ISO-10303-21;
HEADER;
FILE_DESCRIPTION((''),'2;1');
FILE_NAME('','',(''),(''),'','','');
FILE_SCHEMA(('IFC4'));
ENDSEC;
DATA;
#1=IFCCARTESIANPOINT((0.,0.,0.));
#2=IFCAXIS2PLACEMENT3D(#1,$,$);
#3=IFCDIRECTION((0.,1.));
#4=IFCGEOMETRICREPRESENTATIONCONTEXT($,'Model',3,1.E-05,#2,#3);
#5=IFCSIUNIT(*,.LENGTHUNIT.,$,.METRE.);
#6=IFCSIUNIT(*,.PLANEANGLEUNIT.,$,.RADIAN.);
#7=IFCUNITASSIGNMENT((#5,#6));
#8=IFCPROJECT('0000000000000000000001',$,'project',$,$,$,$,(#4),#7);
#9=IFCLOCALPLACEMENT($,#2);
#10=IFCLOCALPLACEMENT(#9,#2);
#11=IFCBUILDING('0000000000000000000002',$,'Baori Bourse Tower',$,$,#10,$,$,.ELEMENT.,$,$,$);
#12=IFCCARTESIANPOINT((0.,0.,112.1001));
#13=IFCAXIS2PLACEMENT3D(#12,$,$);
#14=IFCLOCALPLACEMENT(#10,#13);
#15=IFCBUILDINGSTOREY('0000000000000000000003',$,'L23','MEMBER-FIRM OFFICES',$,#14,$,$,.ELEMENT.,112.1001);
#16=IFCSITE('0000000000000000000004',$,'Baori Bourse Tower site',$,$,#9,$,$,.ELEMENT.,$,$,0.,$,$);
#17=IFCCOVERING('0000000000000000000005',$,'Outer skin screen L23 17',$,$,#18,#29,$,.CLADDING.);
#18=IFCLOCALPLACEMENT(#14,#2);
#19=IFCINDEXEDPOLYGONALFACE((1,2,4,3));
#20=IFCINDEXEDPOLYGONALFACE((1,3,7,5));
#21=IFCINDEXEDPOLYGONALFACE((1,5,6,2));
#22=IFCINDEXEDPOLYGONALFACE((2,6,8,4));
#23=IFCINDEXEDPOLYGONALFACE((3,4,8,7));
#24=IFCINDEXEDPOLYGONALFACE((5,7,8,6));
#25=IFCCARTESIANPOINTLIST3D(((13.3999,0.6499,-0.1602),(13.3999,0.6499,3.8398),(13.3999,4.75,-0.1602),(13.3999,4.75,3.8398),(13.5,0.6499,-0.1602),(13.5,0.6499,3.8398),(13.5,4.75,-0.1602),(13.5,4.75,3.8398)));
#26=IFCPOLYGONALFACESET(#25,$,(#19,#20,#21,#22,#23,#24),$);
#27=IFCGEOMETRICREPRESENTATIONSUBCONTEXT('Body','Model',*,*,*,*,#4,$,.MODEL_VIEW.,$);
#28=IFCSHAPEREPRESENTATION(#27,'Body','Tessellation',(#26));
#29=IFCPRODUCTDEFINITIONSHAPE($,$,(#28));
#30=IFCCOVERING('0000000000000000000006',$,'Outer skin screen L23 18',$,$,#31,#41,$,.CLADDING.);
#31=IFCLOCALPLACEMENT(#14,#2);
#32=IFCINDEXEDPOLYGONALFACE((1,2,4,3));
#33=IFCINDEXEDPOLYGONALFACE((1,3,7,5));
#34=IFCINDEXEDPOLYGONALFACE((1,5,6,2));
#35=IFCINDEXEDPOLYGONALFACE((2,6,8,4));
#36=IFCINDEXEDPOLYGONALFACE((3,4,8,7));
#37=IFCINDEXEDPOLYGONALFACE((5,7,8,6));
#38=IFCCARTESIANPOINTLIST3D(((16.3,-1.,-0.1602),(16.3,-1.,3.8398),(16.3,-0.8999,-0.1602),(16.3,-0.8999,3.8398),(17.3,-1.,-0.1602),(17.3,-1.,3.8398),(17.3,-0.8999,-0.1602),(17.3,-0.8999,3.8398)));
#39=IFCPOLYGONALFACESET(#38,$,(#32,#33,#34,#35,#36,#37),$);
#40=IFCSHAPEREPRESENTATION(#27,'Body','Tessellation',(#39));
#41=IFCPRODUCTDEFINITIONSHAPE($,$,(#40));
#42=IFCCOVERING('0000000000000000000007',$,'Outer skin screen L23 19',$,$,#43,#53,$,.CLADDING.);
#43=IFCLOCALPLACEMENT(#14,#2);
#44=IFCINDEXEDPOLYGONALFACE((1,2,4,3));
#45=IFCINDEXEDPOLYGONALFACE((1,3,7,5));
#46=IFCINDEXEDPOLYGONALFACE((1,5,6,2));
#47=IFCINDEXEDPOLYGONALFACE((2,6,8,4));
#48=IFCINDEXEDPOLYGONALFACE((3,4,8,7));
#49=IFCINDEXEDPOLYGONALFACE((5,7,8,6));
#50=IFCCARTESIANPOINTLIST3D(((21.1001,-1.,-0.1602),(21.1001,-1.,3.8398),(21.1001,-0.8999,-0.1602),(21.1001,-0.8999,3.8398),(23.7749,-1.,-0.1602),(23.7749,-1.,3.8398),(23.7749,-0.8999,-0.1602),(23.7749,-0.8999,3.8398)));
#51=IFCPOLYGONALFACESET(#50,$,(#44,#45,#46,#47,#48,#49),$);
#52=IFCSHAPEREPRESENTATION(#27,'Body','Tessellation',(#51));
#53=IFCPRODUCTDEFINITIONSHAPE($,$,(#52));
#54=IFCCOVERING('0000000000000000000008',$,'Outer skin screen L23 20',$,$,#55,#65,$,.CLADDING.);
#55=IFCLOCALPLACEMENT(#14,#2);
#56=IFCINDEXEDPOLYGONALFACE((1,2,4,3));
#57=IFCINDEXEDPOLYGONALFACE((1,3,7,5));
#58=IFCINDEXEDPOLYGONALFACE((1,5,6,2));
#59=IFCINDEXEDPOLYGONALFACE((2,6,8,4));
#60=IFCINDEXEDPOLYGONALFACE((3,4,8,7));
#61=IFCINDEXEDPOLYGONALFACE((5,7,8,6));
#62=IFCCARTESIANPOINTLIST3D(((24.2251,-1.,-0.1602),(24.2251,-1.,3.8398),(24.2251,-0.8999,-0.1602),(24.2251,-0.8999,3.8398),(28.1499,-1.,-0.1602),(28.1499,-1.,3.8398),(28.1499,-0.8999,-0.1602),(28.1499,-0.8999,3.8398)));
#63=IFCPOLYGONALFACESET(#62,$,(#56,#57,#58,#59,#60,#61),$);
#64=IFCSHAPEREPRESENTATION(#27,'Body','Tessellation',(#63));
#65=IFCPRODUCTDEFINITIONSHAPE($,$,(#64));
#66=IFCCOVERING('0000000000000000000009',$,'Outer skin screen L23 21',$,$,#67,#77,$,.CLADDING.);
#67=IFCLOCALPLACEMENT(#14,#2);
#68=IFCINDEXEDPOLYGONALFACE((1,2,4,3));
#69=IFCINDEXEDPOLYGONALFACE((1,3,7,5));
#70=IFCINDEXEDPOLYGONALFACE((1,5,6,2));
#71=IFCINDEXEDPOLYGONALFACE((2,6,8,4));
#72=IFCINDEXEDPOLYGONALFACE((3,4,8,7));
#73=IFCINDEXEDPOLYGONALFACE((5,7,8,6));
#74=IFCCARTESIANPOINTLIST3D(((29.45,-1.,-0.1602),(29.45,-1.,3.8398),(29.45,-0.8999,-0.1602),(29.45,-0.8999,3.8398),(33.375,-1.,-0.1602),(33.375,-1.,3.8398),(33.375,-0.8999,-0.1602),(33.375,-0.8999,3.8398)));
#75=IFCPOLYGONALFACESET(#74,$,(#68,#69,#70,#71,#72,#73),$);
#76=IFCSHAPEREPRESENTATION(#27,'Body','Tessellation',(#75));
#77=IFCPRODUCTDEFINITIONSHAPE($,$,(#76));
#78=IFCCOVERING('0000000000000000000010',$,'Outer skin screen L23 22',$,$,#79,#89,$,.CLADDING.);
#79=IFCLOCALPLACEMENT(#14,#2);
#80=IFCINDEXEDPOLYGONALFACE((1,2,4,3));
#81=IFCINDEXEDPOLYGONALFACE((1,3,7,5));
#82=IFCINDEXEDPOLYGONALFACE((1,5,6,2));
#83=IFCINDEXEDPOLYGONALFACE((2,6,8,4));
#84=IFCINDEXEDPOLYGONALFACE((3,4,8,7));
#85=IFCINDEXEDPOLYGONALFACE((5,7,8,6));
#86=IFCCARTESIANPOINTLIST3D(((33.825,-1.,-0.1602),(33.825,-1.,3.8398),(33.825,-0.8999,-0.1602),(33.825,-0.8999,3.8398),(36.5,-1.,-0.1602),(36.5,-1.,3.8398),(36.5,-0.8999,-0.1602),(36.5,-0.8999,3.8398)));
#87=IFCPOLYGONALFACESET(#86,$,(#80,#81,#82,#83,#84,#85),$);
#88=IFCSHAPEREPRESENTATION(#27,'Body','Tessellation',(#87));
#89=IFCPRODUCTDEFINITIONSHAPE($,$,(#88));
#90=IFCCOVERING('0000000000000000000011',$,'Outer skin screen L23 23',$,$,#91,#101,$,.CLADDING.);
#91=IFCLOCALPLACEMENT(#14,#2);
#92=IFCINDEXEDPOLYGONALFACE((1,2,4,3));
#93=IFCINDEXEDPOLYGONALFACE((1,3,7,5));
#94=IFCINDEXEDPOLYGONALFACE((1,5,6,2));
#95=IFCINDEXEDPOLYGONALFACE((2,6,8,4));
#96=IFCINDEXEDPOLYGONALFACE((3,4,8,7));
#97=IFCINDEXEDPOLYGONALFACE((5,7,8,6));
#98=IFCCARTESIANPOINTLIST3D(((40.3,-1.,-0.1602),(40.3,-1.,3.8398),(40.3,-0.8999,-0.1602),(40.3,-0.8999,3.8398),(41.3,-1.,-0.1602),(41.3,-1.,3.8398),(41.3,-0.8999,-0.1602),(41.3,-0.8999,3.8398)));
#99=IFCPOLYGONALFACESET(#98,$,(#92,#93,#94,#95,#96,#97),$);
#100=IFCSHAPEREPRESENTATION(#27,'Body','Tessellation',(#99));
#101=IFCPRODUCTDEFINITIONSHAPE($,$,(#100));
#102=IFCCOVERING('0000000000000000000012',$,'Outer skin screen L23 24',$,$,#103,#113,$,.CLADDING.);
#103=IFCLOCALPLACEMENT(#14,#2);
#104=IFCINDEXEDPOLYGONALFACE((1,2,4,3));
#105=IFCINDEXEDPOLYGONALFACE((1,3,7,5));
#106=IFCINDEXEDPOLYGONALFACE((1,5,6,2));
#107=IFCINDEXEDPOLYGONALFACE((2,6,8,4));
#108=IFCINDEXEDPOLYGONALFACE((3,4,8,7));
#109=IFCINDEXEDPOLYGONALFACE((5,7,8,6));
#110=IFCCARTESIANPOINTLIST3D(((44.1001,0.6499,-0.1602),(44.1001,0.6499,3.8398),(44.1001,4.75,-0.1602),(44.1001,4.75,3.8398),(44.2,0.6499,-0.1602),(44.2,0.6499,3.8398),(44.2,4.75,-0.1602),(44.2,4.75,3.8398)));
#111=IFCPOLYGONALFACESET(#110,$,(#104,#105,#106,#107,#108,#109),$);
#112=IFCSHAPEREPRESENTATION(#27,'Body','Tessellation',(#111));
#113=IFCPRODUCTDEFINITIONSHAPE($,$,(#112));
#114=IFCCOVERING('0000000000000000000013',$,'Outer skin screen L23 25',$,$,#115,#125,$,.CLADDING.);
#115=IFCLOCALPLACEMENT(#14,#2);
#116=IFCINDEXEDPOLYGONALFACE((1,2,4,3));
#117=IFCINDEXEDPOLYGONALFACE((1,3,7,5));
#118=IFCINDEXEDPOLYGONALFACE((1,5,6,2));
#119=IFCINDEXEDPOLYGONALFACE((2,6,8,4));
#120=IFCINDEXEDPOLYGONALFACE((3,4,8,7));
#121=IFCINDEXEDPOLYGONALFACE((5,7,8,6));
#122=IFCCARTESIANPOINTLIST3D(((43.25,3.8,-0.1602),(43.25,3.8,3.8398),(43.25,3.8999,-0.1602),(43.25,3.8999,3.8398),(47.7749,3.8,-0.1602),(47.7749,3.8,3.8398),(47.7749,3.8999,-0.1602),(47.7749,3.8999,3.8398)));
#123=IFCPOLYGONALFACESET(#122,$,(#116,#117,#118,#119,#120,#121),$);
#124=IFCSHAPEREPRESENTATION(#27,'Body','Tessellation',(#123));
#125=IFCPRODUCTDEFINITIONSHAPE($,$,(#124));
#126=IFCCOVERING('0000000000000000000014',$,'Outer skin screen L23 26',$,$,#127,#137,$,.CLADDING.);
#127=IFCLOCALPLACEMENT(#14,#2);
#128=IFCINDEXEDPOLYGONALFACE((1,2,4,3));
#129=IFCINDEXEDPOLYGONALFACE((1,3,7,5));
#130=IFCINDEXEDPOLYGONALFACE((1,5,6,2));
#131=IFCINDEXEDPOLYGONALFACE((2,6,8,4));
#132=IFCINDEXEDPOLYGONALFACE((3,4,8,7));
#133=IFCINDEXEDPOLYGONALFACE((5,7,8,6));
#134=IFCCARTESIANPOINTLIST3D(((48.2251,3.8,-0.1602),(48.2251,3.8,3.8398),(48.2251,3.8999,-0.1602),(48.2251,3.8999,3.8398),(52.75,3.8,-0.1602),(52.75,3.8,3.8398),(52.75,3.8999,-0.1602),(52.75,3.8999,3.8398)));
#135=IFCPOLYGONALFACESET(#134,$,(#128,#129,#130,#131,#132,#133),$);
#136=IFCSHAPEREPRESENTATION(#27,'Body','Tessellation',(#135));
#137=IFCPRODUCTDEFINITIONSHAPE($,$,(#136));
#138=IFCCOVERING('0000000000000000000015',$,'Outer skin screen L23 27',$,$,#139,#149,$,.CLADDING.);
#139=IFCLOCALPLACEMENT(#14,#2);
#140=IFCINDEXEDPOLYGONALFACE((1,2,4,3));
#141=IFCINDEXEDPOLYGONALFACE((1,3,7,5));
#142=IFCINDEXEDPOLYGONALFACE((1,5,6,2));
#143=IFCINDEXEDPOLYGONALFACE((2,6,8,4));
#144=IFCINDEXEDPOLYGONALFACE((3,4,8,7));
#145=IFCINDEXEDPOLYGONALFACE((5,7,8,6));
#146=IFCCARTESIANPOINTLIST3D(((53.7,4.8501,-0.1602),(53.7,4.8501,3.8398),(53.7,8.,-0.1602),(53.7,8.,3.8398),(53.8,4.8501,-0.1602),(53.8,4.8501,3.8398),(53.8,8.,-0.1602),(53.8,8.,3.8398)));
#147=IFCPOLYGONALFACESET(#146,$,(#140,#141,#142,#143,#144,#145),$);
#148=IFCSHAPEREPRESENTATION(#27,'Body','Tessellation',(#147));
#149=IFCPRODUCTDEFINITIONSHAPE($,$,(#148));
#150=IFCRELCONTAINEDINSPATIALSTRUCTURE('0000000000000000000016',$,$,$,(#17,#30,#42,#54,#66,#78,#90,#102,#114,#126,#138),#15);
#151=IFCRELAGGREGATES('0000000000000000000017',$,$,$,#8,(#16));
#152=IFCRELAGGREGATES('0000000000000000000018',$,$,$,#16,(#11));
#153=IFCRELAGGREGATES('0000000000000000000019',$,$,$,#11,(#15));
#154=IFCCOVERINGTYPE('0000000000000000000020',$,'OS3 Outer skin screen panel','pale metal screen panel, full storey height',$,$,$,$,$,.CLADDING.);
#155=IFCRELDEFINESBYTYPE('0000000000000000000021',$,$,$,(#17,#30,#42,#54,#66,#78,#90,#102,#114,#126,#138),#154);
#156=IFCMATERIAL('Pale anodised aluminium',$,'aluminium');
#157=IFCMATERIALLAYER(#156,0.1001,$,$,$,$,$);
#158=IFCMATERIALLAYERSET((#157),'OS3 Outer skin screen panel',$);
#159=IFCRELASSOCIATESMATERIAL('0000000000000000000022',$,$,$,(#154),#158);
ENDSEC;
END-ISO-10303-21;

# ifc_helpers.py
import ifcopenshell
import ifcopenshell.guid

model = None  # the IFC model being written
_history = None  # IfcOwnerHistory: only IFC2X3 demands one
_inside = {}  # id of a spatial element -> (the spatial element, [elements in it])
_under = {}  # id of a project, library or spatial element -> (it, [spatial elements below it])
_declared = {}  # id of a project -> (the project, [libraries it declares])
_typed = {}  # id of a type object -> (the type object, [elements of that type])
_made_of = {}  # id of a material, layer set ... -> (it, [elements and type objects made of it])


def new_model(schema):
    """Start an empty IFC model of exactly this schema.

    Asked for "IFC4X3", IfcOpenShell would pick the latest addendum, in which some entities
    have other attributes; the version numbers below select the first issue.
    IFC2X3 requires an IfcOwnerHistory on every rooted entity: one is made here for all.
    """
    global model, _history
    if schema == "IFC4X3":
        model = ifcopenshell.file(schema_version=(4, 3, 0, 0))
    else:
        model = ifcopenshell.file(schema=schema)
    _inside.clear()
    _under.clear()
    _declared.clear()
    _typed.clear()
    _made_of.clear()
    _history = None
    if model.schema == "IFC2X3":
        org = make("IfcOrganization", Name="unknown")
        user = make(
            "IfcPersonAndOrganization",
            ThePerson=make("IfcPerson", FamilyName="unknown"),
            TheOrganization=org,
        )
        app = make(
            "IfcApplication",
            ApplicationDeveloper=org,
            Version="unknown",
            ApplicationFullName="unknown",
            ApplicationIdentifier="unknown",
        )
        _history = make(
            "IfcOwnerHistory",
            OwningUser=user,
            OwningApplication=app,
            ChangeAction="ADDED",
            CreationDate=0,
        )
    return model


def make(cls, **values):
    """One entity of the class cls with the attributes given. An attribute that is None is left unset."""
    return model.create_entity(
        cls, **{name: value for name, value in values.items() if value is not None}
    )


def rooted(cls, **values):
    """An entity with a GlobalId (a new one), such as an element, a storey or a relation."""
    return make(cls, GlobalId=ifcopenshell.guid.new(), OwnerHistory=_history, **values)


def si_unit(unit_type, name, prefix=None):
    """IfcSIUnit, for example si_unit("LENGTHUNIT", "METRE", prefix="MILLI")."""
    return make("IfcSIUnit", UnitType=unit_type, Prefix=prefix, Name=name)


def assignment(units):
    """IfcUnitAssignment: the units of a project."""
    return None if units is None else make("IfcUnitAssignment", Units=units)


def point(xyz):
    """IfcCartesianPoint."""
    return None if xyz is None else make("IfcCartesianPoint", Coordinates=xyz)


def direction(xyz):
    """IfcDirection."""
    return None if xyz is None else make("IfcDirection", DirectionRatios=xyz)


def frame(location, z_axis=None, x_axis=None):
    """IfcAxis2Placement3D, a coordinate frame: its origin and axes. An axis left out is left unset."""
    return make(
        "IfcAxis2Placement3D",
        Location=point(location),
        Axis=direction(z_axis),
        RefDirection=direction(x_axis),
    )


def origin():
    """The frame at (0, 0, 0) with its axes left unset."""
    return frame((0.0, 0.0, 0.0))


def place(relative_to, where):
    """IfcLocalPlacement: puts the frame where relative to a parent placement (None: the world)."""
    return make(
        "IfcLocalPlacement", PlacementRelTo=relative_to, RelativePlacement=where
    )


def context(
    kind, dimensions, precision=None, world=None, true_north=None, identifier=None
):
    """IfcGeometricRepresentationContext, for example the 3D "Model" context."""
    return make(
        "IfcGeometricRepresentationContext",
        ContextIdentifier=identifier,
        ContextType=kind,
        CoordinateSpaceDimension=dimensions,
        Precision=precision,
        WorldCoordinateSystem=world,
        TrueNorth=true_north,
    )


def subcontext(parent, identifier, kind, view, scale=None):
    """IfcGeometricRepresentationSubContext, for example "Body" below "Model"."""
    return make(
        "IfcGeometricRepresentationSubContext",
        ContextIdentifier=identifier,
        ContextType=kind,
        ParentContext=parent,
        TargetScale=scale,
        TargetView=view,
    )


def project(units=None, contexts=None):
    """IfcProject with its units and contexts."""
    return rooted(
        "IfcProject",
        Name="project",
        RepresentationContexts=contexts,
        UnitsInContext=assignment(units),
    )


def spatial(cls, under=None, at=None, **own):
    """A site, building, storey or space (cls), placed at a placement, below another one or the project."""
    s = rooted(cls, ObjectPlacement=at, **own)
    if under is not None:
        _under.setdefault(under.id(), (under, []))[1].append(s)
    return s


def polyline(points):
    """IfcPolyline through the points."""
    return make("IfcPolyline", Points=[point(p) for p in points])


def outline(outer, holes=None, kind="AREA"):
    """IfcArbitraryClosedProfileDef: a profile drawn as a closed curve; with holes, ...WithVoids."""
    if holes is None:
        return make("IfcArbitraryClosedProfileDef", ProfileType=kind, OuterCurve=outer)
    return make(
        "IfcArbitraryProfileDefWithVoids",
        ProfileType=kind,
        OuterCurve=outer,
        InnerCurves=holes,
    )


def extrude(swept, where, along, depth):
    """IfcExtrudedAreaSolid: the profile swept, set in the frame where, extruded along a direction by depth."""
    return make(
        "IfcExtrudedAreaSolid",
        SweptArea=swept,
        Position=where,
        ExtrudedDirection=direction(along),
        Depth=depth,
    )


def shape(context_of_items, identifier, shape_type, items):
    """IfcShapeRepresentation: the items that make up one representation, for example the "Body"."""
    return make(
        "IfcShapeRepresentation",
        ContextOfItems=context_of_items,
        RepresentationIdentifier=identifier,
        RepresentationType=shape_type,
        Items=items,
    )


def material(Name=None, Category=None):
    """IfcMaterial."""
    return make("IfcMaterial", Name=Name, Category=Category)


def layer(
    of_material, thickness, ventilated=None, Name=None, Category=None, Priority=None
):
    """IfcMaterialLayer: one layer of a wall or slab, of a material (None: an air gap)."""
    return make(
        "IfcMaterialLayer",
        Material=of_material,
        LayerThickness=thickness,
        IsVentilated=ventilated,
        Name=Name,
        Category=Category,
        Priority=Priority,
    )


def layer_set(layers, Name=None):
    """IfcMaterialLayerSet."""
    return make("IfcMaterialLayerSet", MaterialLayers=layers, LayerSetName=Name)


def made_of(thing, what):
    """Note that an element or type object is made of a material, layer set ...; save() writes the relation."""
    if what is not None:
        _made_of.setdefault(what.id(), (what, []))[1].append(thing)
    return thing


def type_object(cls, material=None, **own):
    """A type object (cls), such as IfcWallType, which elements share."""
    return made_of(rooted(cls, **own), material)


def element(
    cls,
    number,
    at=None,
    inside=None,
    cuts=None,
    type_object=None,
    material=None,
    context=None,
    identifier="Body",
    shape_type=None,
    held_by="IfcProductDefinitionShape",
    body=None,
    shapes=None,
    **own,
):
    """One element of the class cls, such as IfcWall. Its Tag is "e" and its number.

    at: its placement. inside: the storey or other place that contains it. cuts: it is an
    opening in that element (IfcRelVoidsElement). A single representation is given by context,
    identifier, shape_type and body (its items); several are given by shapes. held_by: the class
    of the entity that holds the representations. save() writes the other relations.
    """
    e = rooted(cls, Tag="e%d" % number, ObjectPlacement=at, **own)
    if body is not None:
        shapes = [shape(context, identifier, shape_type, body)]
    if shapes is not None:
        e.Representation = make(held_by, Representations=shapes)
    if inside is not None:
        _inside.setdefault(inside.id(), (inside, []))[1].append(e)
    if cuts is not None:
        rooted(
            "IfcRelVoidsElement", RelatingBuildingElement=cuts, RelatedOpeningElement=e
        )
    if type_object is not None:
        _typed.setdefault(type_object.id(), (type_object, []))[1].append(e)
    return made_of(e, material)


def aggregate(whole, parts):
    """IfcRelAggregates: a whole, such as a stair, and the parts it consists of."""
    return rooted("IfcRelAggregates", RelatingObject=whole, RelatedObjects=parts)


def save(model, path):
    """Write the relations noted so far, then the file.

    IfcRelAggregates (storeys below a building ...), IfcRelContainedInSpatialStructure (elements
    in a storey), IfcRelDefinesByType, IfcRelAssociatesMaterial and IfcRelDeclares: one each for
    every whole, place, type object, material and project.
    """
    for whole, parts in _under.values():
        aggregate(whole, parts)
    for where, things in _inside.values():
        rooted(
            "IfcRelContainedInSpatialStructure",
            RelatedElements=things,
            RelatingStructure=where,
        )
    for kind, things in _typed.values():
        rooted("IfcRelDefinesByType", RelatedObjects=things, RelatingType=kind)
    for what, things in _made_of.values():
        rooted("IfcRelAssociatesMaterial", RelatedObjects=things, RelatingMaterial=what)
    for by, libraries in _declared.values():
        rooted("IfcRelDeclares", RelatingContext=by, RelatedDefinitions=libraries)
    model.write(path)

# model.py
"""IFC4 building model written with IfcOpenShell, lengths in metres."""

from ifc_helpers import new_model, si_unit, direction, frame, origin, place, context, subcontext, project, spatial, polyline, outline, extrude, material, layer, layer_set, type_object, element, save


model = new_model("IFC4")

# Units and contexts
model_context = context("Model", 3, precision=1e-05, world=origin(), true_north=direction((0.0, 1.0)))
body_context = subcontext(model_context, "Body", "Model", "MODEL_VIEW")
ifc_project = project(units=[si_unit("LENGTHUNIT", "METRE"), si_unit("PLANEANGLEUNIT", "RADIAN")], contexts=[model_context])

# Site, building, storey
site_placement = place(None, origin())
site = spatial("IfcSite", under=ifc_project, at=site_placement, Name="Baori Bourse Tower site", CompositionType="ELEMENT", RefElevation=0.0)
building_placement = place(site_placement, origin())
building = spatial("IfcBuilding", under=site, at=building_placement, Name="Baori Bourse Tower", CompositionType="ELEMENT")
storey_placement = place(building_placement, frame((0.0, 0.0, 112.1001)))
storey = spatial("IfcBuildingStorey", under=building, at=storey_placement, Name="L23", Description="MEMBER-FIRM OFFICES", CompositionType="ELEMENT", Elevation=112.1001)

# Coverings
ifc_material_1 = material(Name="Pale anodised aluminium", Category="aluminium")
ifc_layer_1 = layer(ifc_material_1, 0.1001)
ifc_layer_set_1 = layer_set([ifc_layer_1], Name="OS3 Outer skin screen panel")
covering_type = type_object("IfcCoveringType", Name="OS3 Outer skin screen panel", Description="pale metal screen panel, full storey height", PredefinedType="CLADDING", material=ifc_layer_set_1)
covering_1_placement = place(storey_placement, frame((0.0, 0.0, -0.1602)))
element("IfcCovering", 1, at=covering_1_placement, inside=storey, type_object=covering_type, Name="Outer skin screen L23 17", PredefinedType="CLADDING", context=body_context, shape_type="SweptSolid", body=[
    extrude(outline(polyline([(13.5, 0.6499), (13.5, 4.75), (13.3999, 4.75), (13.3999, 0.6499), (13.5, 0.6499)])), origin(), (0.0, 0.0, 1.0), 4.0),
])
covering_2_placement = place(storey_placement, frame((0.0, 0.0, -0.1602)))
element("IfcCovering", 2, at=covering_2_placement, inside=storey, type_object=covering_type, Name="Outer skin screen L23 18", PredefinedType="CLADDING", context=body_context, shape_type="SweptSolid", body=[
    extrude(outline(polyline([(17.3, -0.8999), (16.3, -0.8999), (16.3, -1.0), (17.3, -1.0), (17.3, -0.8999)])), origin(), (0.0, 0.0, 1.0), 4.0),
])
covering_3_placement = place(storey_placement, frame((0.0, 0.0, -0.1602)))
element("IfcCovering", 3, at=covering_3_placement, inside=storey, type_object=covering_type, Name="Outer skin screen L23 19", PredefinedType="CLADDING", context=body_context, shape_type="SweptSolid", body=[
    extrude(outline(polyline([(23.7749, -0.8999), (21.1001, -0.8999), (21.1001, -1.0), (23.7749, -1.0), (23.7749, -0.8999)])), origin(), (0.0, 0.0, 1.0), 4.0),
])
covering_4_placement = place(storey_placement, frame((0.0, 0.0, -0.1602)))
element("IfcCovering", 4, at=covering_4_placement, inside=storey, type_object=covering_type, Name="Outer skin screen L23 20", PredefinedType="CLADDING", context=body_context, shape_type="SweptSolid", body=[
    extrude(outline(polyline([(28.1499, -0.8999), (24.2251, -0.8999), (24.2251, -1.0), (28.1499, -1.0), (28.1499, -0.8999)])), origin(), (0.0, 0.0, 1.0), 4.0),
])
covering_5_placement = place(storey_placement, frame((0.0, 0.0, -0.1602)))
element("IfcCovering", 5, at=covering_5_placement, inside=storey, type_object=covering_type, Name="Outer skin screen L23 21", PredefinedType="CLADDING", context=body_context, shape_type="SweptSolid", body=[
    extrude(outline(polyline([(33.375, -0.8999), (29.45, -0.8999), (29.45, -1.0), (33.375, -1.0), (33.375, -0.8999)])), origin(), (0.0, 0.0, 1.0), 4.0),
])
covering_6_placement = place(storey_placement, frame((0.0, 0.0, -0.1602)))
element("IfcCovering", 6, at=covering_6_placement, inside=storey, type_object=covering_type, Name="Outer skin screen L23 22", PredefinedType="CLADDING", context=body_context, shape_type="SweptSolid", body=[
    extrude(outline(polyline([(36.5, -0.8999), (33.825, -0.8999), (33.825, -1.0), (36.5, -1.0), (36.5, -0.8999)])), origin(), (0.0, 0.0, 1.0), 4.0),
])
covering_7_placement = place(storey_placement, frame((0.0, 0.0, -0.1602)))
element("IfcCovering", 7, at=covering_7_placement, inside=storey, type_object=covering_type, Name="Outer skin screen L23 23", PredefinedType="CLADDING", context=body_context, shape_type="SweptSolid", body=[
    extrude(outline(polyline([(41.3, -0.8999), (40.3, -0.8999), (40.3, -1.0), (41.3, -1.0), (41.3, -0.8999)])), origin(), (0.0, 0.0, 1.0), 4.0),
])
covering_8_placement = place(storey_placement, frame((0.0, 0.0, -0.1602)))
element("IfcCovering", 8, at=covering_8_placement, inside=storey, type_object=covering_type, Name="Outer skin screen L23 24", PredefinedType="CLADDING", context=body_context, shape_type="SweptSolid", body=[
    extrude(outline(polyline([(44.1001, 4.75), (44.1001, 0.6499), (44.2, 0.6499), (44.2, 4.75), (44.1001, 4.75)])), origin(), (0.0, 0.0, 1.0), 4.0),
])
covering_9_placement = place(storey_placement, frame((0.0, 0.0, -0.1602)))
element("IfcCovering", 9, at=covering_9_placement, inside=storey, type_object=covering_type, Name="Outer skin screen L23 25", PredefinedType="CLADDING", context=body_context, shape_type="SweptSolid", body=[
    extrude(outline(polyline([(47.7749, 3.8999), (43.25, 3.8999), (43.25, 3.8), (47.7749, 3.8), (47.7749, 3.8999)])), origin(), (0.0, 0.0, 1.0), 4.0),
])
covering_10_placement = place(storey_placement, frame((0.0, 0.0, -0.1602)))
element("IfcCovering", 10, at=covering_10_placement, inside=storey, type_object=covering_type, Name="Outer skin screen L23 26", PredefinedType="CLADDING", context=body_context, shape_type="SweptSolid", body=[
    extrude(outline(polyline([(52.75, 3.8999), (48.2251, 3.8999), (48.2251, 3.8), (52.75, 3.8), (52.75, 3.8999)])), origin(), (0.0, 0.0, 1.0), 4.0),
])
covering_11_placement = place(storey_placement, frame((0.0, 0.0, -0.1602)))
element("IfcCovering", 11, at=covering_11_placement, inside=storey, type_object=covering_type, Name="Outer skin screen L23 27", PredefinedType="CLADDING", context=body_context, shape_type="SweptSolid", body=[
    extrude(outline(polyline([(53.7, 8.0), (53.7, 4.8501), (53.8, 4.8501), (53.8, 8.0), (53.7, 8.0)])), origin(), (0.0, 0.0, 1.0), 4.0),
])

save(model, "model.ifc")
